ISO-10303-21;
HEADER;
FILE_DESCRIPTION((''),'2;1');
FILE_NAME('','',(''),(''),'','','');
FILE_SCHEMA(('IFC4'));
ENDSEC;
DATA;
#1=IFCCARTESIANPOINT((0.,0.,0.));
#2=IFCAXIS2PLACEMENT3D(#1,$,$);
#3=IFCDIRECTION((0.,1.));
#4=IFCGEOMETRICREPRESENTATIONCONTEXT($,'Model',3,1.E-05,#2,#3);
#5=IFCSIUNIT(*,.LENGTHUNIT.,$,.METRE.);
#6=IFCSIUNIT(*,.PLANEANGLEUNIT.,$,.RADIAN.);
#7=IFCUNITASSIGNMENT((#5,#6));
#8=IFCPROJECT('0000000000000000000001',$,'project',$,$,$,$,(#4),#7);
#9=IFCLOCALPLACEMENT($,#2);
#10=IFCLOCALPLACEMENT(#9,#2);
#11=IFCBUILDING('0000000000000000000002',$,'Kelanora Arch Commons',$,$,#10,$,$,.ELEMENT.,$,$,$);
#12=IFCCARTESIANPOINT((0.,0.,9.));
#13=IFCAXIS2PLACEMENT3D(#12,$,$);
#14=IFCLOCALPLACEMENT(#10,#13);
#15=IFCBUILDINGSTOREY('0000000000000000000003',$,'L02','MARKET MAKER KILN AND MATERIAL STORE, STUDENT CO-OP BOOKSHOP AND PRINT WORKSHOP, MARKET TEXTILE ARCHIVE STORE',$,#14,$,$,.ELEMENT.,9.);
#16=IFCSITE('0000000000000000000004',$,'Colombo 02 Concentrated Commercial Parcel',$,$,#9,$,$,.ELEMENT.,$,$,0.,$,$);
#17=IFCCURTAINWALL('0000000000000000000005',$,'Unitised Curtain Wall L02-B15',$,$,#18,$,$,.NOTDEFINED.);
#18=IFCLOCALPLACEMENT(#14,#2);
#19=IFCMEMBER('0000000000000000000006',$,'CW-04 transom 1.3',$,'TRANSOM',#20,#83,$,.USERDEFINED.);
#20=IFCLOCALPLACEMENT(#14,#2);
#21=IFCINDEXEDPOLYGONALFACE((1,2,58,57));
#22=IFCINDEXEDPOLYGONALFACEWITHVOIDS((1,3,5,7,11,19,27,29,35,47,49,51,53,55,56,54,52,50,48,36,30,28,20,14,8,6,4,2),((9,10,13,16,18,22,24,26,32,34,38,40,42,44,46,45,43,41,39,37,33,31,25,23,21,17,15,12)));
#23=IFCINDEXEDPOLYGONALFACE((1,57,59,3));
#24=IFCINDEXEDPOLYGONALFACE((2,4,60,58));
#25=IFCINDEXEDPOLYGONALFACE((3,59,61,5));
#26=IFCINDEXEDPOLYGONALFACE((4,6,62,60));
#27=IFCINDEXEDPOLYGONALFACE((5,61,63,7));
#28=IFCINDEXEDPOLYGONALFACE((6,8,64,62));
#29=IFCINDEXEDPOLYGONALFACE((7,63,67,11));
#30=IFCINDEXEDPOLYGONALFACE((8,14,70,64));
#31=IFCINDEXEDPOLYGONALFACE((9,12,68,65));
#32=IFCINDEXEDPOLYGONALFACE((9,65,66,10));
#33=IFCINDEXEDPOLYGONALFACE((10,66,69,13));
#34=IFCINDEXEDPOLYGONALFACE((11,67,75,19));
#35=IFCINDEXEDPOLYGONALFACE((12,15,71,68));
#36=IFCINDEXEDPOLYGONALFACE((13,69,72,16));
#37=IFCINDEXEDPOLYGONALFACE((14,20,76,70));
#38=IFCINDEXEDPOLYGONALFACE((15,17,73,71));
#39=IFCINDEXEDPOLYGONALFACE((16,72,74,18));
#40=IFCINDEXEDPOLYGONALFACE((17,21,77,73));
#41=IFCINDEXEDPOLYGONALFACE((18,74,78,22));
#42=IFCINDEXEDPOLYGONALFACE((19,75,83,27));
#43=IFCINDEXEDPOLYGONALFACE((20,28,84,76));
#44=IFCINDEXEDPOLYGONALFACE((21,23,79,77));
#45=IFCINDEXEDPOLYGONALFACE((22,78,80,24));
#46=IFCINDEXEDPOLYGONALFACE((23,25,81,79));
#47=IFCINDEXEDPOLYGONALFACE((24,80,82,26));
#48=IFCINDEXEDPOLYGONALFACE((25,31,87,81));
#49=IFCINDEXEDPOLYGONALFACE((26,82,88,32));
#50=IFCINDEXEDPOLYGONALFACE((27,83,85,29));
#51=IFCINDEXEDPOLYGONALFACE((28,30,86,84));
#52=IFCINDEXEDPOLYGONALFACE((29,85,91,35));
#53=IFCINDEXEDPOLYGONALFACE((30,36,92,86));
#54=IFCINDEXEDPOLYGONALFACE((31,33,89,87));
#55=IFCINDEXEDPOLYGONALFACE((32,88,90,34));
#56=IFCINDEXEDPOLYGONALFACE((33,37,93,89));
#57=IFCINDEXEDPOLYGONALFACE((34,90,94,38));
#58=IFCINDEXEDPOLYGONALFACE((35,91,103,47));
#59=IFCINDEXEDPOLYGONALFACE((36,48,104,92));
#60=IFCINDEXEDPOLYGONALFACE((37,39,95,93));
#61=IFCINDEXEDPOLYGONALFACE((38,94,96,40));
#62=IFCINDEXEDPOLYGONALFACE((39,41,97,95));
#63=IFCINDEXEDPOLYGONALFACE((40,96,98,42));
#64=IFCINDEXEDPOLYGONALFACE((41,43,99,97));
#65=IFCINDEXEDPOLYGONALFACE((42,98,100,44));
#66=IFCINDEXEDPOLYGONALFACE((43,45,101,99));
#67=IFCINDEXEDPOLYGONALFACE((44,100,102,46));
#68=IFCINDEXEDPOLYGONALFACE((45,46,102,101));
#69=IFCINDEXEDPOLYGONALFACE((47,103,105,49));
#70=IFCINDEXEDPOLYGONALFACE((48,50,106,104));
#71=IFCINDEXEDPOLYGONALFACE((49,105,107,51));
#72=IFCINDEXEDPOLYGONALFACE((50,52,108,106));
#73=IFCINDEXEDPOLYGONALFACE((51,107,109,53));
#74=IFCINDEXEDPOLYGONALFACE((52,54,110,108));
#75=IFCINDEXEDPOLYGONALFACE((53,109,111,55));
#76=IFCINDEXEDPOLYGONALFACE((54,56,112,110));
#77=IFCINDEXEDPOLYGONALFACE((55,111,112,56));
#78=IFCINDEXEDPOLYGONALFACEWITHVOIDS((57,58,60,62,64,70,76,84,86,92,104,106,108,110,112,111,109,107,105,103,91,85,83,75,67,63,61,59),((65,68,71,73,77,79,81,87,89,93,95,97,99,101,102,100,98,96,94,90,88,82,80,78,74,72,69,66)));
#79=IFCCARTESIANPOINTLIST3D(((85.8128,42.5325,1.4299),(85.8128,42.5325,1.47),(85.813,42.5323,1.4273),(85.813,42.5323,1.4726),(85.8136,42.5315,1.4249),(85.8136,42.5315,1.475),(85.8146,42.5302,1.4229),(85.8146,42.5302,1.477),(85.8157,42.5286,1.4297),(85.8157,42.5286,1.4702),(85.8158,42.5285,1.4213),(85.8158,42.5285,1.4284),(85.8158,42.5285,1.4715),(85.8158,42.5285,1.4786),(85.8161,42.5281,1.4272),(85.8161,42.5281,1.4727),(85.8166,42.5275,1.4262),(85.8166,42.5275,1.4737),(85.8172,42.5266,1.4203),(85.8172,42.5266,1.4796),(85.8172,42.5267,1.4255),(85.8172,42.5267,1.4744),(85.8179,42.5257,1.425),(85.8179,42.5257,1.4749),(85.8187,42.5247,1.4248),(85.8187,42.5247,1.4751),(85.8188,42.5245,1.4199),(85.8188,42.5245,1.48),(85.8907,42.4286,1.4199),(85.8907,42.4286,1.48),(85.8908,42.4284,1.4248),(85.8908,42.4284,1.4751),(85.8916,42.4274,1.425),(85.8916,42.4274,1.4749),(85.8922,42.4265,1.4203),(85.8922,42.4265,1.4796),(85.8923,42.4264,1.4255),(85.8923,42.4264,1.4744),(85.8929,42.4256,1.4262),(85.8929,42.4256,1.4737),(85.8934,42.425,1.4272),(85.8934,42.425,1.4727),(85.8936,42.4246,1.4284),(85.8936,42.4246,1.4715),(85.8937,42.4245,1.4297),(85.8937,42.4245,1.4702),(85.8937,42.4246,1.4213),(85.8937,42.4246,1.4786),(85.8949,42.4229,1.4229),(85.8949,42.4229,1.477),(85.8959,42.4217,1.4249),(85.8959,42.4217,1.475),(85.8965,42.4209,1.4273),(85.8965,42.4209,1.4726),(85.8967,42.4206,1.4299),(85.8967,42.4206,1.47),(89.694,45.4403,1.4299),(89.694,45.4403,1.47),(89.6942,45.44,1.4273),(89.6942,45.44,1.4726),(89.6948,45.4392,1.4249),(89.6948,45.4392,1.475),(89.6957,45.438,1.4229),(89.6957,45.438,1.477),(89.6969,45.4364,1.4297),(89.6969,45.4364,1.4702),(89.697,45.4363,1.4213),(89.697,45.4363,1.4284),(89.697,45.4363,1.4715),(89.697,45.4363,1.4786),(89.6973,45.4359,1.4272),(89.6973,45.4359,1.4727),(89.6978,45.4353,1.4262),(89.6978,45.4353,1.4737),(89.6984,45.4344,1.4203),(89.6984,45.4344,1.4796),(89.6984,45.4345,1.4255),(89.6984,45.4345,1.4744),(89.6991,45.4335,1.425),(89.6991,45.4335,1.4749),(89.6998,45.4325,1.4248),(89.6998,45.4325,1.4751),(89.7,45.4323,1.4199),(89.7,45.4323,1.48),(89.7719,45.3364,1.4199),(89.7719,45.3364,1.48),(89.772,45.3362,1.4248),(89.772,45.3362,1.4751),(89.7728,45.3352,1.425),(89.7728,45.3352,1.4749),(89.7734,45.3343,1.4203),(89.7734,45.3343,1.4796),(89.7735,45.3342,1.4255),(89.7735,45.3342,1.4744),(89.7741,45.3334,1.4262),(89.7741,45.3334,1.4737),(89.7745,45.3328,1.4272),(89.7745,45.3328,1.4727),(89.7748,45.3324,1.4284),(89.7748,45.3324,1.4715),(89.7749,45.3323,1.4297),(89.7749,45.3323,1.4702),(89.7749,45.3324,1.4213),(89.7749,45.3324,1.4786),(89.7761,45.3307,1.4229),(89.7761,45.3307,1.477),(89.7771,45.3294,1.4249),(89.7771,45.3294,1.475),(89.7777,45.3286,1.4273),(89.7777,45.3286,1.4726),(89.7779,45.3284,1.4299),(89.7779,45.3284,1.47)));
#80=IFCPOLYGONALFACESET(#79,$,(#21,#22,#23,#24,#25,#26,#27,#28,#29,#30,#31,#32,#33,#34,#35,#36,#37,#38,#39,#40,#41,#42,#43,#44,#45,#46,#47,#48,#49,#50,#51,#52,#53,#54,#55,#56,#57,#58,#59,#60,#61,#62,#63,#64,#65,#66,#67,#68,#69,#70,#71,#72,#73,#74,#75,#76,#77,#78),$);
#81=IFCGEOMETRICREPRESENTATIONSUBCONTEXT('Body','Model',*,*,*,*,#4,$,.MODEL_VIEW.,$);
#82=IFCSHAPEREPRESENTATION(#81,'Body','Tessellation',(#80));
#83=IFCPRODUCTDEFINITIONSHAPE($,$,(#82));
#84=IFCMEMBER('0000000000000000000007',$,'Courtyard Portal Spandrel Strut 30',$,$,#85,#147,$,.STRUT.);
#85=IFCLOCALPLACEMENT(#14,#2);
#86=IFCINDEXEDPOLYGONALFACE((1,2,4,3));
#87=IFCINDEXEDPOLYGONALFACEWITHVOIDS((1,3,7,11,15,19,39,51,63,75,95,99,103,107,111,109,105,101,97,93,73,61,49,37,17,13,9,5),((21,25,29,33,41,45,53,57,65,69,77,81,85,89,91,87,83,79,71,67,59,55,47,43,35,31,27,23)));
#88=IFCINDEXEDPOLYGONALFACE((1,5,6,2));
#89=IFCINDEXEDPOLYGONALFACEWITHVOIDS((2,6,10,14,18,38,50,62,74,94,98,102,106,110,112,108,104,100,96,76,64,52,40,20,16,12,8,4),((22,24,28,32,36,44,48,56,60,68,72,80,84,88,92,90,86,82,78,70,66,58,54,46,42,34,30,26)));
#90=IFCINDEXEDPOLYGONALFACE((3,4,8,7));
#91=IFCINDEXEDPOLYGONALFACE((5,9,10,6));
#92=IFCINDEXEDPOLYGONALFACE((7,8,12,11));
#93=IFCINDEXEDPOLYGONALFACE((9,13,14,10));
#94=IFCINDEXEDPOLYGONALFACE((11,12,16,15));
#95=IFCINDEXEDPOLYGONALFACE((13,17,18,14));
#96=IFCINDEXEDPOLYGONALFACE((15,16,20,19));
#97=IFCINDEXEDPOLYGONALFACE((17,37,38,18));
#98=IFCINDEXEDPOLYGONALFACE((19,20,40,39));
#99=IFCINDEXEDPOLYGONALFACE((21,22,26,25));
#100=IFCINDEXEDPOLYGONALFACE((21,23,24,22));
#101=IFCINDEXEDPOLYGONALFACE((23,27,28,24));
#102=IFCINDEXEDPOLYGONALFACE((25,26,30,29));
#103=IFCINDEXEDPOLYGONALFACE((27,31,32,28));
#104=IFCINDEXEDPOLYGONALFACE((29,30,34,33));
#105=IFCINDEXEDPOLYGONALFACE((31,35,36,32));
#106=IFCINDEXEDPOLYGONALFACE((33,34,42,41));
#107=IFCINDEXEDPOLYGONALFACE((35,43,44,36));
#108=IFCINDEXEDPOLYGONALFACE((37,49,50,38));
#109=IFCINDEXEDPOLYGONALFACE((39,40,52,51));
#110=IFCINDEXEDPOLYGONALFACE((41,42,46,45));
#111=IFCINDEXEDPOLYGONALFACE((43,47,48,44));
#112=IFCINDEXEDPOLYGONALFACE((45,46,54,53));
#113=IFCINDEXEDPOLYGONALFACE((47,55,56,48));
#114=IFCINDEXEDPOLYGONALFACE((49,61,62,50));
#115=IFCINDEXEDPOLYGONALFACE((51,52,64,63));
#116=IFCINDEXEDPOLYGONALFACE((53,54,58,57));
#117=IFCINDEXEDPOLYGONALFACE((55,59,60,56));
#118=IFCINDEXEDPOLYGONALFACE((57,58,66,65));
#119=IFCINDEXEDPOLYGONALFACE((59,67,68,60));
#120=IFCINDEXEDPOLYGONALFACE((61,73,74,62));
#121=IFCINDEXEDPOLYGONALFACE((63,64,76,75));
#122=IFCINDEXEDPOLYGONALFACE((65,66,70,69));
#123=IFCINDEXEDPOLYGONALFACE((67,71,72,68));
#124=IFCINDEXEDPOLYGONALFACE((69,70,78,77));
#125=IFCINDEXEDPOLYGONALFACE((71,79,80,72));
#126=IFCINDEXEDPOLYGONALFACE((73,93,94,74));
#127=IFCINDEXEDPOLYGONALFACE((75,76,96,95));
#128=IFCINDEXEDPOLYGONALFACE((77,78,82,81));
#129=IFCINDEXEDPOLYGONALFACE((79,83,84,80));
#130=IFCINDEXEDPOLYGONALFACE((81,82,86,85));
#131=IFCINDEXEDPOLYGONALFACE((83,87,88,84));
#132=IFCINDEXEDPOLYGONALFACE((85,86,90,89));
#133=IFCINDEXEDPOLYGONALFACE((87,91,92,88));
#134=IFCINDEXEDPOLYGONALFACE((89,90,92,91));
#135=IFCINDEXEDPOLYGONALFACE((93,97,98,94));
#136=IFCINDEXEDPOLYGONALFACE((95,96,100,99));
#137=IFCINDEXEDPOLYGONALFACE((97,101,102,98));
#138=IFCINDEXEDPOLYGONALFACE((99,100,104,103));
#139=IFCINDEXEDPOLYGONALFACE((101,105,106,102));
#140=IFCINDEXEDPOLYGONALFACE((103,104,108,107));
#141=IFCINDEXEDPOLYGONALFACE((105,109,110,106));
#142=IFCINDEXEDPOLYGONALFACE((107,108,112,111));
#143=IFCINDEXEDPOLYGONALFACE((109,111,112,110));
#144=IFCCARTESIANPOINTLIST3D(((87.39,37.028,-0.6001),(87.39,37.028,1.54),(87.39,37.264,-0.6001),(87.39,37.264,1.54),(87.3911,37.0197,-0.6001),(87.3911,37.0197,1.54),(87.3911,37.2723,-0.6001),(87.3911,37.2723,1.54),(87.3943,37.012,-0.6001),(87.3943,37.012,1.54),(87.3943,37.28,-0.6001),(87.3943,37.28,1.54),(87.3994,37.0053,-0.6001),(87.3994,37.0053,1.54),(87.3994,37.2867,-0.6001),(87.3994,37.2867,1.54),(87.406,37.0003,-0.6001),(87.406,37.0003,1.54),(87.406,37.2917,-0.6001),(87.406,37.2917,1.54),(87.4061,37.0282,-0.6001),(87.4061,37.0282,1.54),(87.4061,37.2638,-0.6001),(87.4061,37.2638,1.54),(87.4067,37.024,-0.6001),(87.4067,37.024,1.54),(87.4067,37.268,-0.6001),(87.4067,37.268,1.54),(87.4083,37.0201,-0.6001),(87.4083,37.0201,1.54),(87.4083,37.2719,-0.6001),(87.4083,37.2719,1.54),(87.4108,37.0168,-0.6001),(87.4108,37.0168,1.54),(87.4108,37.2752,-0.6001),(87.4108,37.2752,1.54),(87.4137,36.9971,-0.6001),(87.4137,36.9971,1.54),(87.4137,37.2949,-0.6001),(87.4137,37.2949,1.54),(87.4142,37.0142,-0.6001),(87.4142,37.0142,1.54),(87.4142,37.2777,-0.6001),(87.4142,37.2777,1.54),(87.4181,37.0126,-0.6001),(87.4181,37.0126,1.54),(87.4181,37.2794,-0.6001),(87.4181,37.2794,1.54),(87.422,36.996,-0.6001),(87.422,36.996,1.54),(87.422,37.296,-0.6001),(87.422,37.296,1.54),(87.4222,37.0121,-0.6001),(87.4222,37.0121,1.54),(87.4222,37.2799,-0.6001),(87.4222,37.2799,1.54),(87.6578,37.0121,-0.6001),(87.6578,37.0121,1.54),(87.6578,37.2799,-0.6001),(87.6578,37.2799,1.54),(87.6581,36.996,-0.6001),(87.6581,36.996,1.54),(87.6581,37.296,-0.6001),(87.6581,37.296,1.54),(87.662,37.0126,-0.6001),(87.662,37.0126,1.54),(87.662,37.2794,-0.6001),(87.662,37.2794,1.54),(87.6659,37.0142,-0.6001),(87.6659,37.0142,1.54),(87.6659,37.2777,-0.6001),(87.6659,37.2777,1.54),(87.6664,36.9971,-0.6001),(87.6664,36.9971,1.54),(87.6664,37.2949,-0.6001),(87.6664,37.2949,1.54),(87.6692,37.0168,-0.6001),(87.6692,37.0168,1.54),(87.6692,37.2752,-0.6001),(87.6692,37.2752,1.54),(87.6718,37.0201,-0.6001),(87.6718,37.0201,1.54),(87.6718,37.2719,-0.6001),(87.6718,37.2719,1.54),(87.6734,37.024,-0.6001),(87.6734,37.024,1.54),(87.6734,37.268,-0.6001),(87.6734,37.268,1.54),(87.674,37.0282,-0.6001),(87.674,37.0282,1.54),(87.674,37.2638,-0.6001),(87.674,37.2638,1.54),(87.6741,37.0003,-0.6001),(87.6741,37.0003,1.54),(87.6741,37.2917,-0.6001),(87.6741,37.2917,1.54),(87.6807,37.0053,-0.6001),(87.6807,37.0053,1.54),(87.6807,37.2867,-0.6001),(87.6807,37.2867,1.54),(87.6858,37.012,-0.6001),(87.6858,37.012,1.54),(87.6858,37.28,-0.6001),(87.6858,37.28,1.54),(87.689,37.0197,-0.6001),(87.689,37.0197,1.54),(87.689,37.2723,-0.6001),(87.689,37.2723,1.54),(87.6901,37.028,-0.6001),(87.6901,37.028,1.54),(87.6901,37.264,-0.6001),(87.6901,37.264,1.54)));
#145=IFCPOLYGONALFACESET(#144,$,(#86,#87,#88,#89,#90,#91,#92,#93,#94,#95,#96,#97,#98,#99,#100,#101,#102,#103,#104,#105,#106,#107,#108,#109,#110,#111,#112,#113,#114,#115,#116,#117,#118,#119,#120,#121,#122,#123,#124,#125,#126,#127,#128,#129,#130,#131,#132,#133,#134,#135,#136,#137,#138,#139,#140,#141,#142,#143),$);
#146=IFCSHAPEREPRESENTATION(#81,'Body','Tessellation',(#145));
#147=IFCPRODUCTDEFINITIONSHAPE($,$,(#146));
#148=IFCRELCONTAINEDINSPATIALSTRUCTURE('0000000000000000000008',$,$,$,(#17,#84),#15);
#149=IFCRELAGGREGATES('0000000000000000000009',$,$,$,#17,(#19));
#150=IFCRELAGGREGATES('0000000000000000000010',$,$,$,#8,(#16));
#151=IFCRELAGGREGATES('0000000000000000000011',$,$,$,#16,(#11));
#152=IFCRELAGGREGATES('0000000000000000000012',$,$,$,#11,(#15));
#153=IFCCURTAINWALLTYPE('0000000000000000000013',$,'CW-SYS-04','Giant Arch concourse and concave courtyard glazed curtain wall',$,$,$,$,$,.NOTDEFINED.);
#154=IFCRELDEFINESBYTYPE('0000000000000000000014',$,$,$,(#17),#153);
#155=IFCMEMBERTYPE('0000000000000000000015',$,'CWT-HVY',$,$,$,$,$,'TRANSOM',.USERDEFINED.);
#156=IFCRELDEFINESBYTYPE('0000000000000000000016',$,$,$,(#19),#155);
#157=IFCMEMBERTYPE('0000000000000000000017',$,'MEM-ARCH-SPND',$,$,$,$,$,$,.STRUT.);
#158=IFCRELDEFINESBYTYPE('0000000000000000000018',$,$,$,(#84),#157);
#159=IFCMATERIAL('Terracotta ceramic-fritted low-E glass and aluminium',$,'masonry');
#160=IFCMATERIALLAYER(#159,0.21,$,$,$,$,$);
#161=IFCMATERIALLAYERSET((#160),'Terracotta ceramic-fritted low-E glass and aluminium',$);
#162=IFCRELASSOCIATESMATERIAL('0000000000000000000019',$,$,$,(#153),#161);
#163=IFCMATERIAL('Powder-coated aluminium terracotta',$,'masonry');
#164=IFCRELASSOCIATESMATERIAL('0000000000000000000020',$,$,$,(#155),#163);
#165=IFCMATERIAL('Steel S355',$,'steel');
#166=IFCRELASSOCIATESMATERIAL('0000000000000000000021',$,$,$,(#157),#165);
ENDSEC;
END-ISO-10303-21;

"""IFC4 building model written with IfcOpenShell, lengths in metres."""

from ifc_helpers import new_model, si_unit, direction, frame, origin, origin_2d, place, context, subcontext, project, spatial, hollow_rectangle, extrude, material, layer, layer_set, material_profile, profile_set, type_object, element, aggregate, save


model = new_model("IFC4")

# Units and contexts
model_context = context("Model", 3, precision=1e-05, world=origin(), true_north=direction((0.0, 1.0)))
body_context = subcontext(model_context, "Body", "Model", "MODEL_VIEW")
ifc_project = project(units=[si_unit("LENGTHUNIT", "METRE"), si_unit("PLANEANGLEUNIT", "RADIAN")], contexts=[model_context])

# Site, building, storey
site_placement = place(None, origin())
site = spatial("IfcSite", under=ifc_project, at=site_placement, Name="Colombo 02 Concentrated Commercial Parcel", CompositionType="ELEMENT", RefElevation=0.0)
building_placement = place(site_placement, origin())
building = spatial("IfcBuilding", under=site, at=building_placement, Name="Kelanora Arch Commons", CompositionType="ELEMENT")
storey_placement = place(building_placement, frame((0.0, 0.0, 9.0)))
storey = spatial("IfcBuildingStorey", under=building, at=storey_placement, Name="L02", Description="MARKET MAKER KILN AND MATERIAL STORE, STUDENT CO-OP BOOKSHOP AND PRINT WORKSHOP, MARKET TEXTILE ARCHIVE STORE", CompositionType="ELEMENT", Elevation=9.0)

# Shared definitions
ifc_material_1 = material(Name="Steel S355", Category="steel")

# Shared definitions
ifc_material_2 = material(Name="Terracotta ceramic-fritted low-E glass and aluminium", Category="masonry")
ifc_layer_1 = layer(ifc_material_2, 0.21)
ifc_layer_set_1 = layer_set([ifc_layer_1], Name="Terracotta ceramic-fritted low-E glass and aluminium")
curtain_wall_type = type_object("IfcCurtainWallType", Name="CW-SYS-04", Description="Giant Arch concourse and concave courtyard glazed curtain wall", PredefinedType="NOTDEFINED", material=ifc_layer_set_1)
ifc_material_3 = material(Name="Powder-coated aluminium terracotta", Category="masonry")

# Curtain wall
curtain_wall_1_placement = place(storey_placement, origin())
curtain_wall_1 = element("IfcCurtainWall", 1, at=curtain_wall_1_placement, inside=storey, type_object=curtain_wall_type, Name="Unitised Curtain Wall L02-B15", PredefinedType="NOTDEFINED")

# Member
ifc_material_profile_1 = material_profile(ifc_material_3, hollow_rectangle(XDim=0.1399, YDim=0.0601, WallThickness=0.0049, InnerFilletRadius=0.0049, OuterFilletRadius=0.01, at=origin_2d()), Name="CWT140x60")
ifc_profile_set_1 = profile_set([ifc_material_profile_1], Name="Powder-coated aluminium terracotta")
member_type_1 = type_object("IfcMemberType", Name="CWT-HVY", ElementType="TRANSOM", PredefinedType="USERDEFINED", material=ifc_profile_set_1)
member_1_placement = place(storey_placement, frame((85.8547, 42.4766, 1.45), z_axis=(0.800308, 0.599589, 0.0), x_axis=(-0.599589, 0.800308, 0.0)))
member_1 = element("IfcMember", 2, at=member_1_placement, type_object=member_type_1, Name="CW-04 transom 1.3", ObjectType="TRANSOM", PredefinedType="USERDEFINED", context=body_context, shape_type="SweptSolid", body=[
    extrude(hollow_rectangle(XDim=0.1399, YDim=0.0601, WallThickness=0.0049, InnerFilletRadius=0.0049, OuterFilletRadius=0.01, at=origin_2d()), origin(), (0.0, 0.0, 1.0), 4.8496),
])

# Member
ifc_material_profile_2 = material_profile(ifc_material_1, hollow_rectangle(XDim=0.3, YDim=0.3, WallThickness=0.0161, InnerFilletRadius=0.0161, OuterFilletRadius=0.032, at=origin_2d()), Name="SHS300x300x16")
ifc_profile_set_2 = profile_set([ifc_material_profile_2], Name="Steel S355")
member_type_2 = type_object("IfcMemberType", Name="MEM-ARCH-SPND", PredefinedType="STRUT", material=ifc_profile_set_2)
for number, where, z_axis, x_axis, name in (
    (3, (87.54, 37.146, -0.6001), (0.0, 0.0, 1.0), (1.0, 0.0, 0.0), "Courtyard Portal Spandrel Strut 30"),
):
    element("IfcMember", number, at=place(storey_placement, frame(where, z_axis=z_axis, x_axis=x_axis)), inside=storey, type_object=member_type_2, Name=name, PredefinedType="STRUT", context=body_context, shape_type="SweptSolid", body=[
        extrude(hollow_rectangle(XDim=0.3, YDim=0.3, WallThickness=0.0161, InnerFilletRadius=0.0161, OuterFilletRadius=0.032, at=origin_2d()), origin(), (0.0, 0.0, 1.0), 2.1401),
    ])

aggregate(curtain_wall_1, [member_1])

save(model, "model.ifc")
